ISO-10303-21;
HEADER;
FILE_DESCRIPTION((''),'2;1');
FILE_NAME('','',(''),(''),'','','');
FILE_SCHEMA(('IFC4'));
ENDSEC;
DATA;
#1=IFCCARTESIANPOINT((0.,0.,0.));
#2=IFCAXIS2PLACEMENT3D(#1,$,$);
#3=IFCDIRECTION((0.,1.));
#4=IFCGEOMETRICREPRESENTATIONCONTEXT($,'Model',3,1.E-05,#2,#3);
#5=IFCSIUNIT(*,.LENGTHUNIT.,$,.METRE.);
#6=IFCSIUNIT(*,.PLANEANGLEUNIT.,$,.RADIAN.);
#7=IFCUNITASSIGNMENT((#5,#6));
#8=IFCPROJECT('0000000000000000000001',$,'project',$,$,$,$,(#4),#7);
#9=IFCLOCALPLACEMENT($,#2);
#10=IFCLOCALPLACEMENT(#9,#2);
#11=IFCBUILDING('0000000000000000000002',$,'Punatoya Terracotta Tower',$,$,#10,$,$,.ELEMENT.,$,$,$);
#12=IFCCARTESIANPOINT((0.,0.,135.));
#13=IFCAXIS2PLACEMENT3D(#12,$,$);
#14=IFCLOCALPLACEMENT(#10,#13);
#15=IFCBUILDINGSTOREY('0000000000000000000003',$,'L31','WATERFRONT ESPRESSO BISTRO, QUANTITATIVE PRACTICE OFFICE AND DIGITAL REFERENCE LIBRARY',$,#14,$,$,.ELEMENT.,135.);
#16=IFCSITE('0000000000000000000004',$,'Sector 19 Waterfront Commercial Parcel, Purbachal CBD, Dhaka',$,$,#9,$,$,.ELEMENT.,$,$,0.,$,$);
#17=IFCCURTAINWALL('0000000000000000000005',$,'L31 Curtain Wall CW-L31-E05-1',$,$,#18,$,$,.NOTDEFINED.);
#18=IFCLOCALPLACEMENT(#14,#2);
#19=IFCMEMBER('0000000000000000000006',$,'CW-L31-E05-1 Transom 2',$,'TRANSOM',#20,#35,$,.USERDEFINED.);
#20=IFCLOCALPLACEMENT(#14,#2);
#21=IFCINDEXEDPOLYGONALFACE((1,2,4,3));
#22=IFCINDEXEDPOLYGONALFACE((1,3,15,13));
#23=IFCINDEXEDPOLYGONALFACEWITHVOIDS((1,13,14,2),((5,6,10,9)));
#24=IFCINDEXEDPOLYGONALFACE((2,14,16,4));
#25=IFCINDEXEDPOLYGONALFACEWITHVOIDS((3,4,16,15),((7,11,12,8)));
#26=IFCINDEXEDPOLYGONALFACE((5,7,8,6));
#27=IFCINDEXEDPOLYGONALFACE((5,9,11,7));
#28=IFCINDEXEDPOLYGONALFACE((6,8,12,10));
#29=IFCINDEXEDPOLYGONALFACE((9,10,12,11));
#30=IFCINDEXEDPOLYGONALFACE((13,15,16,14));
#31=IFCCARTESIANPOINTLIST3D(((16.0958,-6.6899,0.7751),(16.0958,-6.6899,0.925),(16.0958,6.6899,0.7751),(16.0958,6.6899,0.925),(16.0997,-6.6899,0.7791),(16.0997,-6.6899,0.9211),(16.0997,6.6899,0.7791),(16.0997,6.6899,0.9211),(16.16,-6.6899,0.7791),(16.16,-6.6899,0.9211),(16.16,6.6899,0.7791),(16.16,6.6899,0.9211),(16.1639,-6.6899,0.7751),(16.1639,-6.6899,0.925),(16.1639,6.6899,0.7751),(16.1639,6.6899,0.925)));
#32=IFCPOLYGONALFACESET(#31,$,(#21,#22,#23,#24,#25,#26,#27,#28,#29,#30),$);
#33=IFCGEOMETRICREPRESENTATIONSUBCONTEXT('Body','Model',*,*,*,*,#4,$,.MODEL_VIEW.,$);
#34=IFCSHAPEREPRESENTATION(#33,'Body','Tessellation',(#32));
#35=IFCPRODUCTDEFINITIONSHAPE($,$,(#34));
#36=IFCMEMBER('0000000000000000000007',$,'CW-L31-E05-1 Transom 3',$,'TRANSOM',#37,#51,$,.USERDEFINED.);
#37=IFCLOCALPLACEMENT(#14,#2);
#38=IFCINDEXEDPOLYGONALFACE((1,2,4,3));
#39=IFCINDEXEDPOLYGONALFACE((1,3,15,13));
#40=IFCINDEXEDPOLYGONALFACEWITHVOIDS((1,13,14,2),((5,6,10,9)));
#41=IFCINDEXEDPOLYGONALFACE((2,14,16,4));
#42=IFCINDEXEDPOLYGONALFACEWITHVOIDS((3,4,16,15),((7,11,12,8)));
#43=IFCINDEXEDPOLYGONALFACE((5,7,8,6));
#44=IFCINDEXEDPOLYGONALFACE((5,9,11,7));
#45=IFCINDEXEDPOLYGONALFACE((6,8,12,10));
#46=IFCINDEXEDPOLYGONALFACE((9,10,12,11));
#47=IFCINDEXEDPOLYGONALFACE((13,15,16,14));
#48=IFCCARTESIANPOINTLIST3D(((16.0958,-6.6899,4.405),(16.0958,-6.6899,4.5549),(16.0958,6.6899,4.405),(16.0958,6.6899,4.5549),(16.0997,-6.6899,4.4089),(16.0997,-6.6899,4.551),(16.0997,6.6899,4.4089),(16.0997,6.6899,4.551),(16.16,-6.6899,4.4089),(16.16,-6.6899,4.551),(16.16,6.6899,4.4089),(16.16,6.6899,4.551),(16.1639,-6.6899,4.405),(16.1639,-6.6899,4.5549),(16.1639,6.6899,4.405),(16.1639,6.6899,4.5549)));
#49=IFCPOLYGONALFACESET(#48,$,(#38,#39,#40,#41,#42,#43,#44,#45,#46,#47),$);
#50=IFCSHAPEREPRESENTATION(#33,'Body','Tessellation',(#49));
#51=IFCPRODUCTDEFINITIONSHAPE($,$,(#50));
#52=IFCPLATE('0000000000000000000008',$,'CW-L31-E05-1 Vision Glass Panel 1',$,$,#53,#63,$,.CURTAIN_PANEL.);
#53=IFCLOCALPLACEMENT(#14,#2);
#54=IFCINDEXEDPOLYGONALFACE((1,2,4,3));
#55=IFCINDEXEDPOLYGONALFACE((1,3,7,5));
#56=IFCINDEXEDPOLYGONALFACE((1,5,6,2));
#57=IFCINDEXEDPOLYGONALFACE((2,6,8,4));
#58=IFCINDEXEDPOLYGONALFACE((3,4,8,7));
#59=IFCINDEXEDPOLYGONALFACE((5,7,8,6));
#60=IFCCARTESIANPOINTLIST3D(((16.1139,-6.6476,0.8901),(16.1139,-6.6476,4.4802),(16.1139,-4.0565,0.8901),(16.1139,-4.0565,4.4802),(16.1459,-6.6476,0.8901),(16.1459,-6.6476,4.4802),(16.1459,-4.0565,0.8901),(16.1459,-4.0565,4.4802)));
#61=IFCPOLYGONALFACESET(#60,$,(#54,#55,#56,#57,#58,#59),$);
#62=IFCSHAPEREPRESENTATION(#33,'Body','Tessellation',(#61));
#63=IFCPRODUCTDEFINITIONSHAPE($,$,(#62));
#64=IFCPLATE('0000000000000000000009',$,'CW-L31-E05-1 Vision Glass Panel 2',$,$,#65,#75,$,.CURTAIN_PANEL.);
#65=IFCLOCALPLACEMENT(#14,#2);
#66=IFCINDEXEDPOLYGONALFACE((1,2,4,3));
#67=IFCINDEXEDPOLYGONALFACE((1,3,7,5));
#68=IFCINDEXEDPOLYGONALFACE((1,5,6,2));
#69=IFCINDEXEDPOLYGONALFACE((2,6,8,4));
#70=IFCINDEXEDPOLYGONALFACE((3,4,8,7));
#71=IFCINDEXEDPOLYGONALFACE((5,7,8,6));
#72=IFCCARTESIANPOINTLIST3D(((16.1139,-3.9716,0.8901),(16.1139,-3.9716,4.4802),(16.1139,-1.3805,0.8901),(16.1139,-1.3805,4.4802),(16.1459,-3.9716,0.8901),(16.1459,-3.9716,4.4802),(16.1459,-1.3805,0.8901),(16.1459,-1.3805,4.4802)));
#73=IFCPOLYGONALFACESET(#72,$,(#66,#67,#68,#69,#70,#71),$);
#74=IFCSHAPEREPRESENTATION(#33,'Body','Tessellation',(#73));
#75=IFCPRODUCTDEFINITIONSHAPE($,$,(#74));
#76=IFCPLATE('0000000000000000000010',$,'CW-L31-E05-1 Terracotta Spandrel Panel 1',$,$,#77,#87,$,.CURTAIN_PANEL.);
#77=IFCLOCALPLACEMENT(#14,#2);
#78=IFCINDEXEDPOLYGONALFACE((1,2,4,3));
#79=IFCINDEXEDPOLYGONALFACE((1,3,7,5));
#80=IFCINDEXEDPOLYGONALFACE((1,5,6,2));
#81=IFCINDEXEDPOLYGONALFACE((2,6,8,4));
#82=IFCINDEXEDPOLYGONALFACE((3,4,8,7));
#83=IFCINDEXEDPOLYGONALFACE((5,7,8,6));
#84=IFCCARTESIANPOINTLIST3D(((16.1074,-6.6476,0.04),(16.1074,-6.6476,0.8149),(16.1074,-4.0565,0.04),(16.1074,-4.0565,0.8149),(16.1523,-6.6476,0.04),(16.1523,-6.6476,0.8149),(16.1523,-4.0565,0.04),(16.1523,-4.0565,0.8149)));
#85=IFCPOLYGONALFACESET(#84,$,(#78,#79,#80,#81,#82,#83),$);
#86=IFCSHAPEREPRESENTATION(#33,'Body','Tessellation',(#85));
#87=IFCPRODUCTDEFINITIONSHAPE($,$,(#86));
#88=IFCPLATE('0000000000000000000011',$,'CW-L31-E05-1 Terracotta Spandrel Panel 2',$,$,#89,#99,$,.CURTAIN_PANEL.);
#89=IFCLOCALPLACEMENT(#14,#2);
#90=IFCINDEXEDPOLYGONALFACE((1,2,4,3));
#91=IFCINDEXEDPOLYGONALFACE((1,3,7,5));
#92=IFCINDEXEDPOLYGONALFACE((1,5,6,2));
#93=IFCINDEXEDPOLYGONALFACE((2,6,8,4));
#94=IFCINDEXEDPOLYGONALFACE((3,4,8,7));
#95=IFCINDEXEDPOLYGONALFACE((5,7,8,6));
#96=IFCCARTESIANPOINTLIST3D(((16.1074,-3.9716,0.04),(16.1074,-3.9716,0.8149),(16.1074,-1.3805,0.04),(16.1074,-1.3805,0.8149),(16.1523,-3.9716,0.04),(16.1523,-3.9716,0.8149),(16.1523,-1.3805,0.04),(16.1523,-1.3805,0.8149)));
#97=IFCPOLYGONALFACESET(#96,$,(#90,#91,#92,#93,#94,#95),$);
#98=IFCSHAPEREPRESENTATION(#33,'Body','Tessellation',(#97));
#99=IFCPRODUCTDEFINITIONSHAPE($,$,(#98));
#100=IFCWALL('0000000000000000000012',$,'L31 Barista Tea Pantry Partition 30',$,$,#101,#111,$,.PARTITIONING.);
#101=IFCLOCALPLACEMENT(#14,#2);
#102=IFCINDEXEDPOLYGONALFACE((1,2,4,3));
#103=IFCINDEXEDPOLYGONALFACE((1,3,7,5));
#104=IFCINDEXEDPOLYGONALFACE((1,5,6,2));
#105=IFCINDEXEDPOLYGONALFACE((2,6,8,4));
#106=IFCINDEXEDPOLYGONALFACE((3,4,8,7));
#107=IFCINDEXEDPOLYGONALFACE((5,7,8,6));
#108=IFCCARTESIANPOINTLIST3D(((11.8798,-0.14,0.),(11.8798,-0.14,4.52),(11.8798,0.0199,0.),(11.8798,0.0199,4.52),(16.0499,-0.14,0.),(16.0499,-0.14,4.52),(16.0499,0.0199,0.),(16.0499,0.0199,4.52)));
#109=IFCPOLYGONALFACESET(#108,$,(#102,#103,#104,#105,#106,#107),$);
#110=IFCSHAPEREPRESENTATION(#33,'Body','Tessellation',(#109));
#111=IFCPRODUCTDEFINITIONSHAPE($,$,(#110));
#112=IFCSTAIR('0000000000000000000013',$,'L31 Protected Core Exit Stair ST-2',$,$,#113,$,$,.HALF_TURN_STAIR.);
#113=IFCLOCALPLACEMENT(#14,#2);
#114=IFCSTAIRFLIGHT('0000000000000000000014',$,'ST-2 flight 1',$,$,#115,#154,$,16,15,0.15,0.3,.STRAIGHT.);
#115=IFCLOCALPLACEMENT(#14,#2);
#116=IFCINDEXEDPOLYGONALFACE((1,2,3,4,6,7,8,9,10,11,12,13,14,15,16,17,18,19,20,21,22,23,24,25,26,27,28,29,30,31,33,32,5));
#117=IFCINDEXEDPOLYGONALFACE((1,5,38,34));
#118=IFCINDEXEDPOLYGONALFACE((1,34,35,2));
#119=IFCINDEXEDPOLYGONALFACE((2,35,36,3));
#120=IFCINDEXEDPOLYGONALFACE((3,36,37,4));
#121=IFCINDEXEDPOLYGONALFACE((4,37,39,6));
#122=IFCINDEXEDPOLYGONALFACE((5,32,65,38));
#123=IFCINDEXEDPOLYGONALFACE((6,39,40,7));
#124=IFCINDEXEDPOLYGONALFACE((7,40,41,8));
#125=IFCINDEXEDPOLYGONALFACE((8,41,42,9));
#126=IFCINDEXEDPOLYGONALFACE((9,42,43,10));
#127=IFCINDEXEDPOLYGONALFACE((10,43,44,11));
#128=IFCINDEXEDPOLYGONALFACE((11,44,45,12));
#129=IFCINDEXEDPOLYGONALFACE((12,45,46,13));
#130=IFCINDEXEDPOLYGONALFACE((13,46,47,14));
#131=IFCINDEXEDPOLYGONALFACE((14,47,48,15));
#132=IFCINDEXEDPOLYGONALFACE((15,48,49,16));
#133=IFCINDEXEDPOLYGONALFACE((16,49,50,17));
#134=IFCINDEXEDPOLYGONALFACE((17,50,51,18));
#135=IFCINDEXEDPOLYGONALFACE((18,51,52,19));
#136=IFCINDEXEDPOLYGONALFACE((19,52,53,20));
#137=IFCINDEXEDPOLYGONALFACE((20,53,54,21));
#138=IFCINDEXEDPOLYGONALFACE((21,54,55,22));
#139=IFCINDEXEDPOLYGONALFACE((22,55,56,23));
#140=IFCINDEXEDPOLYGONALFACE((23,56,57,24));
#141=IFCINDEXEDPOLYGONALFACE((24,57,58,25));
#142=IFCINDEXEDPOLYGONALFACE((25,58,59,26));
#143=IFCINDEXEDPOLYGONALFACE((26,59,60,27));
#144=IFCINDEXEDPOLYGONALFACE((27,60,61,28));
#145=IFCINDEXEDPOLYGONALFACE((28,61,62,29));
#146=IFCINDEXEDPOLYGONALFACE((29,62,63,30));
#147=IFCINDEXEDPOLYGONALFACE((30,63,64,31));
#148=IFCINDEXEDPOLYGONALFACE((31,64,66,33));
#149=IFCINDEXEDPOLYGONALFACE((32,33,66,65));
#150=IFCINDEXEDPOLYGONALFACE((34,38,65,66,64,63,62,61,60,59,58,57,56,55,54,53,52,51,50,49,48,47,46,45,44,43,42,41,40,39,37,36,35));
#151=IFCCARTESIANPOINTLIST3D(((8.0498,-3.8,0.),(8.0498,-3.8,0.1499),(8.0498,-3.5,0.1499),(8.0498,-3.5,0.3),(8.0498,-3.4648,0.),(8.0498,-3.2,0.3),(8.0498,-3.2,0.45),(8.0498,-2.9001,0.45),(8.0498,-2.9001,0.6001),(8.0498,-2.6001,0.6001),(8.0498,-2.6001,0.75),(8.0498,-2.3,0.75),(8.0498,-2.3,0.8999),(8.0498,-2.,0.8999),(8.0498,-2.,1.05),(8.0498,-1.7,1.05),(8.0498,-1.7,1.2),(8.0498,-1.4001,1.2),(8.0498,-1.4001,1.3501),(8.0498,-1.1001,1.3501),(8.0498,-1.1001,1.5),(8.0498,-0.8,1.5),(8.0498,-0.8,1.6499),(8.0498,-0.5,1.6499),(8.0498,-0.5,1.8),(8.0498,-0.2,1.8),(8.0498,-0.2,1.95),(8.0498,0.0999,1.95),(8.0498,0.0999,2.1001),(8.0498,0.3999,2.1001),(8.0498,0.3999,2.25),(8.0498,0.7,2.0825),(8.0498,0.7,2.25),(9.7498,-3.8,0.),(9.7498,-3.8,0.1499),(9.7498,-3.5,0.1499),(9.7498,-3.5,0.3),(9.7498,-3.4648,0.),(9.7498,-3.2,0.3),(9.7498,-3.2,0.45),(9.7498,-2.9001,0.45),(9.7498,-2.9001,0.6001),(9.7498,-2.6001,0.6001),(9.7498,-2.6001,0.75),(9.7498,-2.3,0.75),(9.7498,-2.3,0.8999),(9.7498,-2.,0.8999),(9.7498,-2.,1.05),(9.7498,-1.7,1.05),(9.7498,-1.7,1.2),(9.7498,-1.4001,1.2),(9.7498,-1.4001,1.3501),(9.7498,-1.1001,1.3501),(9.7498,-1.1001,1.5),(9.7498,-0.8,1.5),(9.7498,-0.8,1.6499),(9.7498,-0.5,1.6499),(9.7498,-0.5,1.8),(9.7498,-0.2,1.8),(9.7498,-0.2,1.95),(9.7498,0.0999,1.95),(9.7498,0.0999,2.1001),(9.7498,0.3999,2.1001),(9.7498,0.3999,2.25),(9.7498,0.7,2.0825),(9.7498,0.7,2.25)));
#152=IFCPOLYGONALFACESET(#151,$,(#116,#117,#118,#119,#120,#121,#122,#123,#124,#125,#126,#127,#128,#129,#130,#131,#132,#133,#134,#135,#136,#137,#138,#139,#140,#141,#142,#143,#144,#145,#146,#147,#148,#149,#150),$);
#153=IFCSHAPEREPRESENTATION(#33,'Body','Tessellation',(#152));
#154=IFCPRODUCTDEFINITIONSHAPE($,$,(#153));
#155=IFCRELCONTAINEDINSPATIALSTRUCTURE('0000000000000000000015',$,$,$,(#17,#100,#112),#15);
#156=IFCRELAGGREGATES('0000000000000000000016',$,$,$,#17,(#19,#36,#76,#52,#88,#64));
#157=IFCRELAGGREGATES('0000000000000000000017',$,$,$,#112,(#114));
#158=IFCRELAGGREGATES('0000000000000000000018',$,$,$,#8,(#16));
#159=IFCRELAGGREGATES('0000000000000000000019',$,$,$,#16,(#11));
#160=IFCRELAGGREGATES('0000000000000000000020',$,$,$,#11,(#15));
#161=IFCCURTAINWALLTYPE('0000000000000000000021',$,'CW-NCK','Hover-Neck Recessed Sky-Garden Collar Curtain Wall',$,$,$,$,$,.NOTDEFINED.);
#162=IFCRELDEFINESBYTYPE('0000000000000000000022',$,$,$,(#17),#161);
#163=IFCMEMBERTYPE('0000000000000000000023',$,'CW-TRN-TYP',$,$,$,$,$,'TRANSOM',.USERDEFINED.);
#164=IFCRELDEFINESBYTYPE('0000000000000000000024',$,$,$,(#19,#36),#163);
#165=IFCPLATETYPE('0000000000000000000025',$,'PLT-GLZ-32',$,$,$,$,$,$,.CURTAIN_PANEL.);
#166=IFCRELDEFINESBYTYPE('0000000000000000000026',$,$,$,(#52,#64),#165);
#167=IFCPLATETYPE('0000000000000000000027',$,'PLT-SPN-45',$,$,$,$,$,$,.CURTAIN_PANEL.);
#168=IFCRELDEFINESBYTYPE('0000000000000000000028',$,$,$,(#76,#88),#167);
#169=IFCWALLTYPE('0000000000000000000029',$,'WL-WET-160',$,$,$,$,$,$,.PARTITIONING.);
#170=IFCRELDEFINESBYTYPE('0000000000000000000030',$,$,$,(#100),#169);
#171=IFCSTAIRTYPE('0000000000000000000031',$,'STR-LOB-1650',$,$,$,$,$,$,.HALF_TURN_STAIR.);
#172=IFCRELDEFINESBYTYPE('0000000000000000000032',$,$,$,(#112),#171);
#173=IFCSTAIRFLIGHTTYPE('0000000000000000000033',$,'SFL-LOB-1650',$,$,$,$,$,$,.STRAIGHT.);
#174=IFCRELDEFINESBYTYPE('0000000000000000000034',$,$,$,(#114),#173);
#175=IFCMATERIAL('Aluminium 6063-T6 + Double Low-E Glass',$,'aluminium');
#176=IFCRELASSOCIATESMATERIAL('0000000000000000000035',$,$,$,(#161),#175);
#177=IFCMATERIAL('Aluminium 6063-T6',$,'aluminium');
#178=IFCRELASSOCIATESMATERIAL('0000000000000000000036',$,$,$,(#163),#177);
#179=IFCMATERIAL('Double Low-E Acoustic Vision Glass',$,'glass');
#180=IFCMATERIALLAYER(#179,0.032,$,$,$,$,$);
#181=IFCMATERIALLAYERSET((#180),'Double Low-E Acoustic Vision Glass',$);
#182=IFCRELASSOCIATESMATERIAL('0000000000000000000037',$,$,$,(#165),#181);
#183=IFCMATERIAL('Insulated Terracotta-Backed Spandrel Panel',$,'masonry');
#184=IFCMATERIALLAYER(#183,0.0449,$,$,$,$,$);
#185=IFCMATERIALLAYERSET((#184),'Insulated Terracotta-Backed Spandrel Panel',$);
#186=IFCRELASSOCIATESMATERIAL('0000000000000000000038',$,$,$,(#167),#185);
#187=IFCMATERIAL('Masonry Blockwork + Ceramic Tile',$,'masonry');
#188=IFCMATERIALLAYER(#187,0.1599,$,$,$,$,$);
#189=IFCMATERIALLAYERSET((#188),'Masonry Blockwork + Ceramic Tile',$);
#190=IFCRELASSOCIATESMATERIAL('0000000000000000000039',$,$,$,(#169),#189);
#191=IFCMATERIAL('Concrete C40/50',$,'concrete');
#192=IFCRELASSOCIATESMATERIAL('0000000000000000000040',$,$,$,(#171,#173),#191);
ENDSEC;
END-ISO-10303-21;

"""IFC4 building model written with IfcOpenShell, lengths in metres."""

from ifc_helpers import new_model, si_unit, direction, frame, frame_2d, origin, origin_2d, place, context, subcontext, project, spatial, polyline, rectangle, hollow_rectangle, outline, extrude, material, layer, layer_set, material_profile, profile_set, type_object, element, aggregate, save


model = new_model("IFC4")

# Units and contexts
model_context = context("Model", 3, precision=1e-05, world=origin(), true_north=direction((0.0, 1.0)))
body_context = subcontext(model_context, "Body", "Model", "MODEL_VIEW")
ifc_project = project(units=[si_unit("LENGTHUNIT", "METRE"), si_unit("PLANEANGLEUNIT", "RADIAN")], contexts=[model_context])

# Site, building, storey
site_placement = place(None, origin())
site = spatial("IfcSite", under=ifc_project, at=site_placement, Name="Sector 19 Waterfront Commercial Parcel, Purbachal CBD, Dhaka", CompositionType="ELEMENT", RefElevation=0.0)
building_placement = place(site_placement, origin())
building = spatial("IfcBuilding", under=site, at=building_placement, Name="Punatoya Terracotta Tower", CompositionType="ELEMENT")
storey_placement = place(building_placement, frame((0.0, 0.0, 135.0)))
storey = spatial("IfcBuildingStorey", under=building, at=storey_placement, Name="L31", Description="WATERFRONT ESPRESSO BISTRO, QUANTITATIVE PRACTICE OFFICE AND DIGITAL REFERENCE LIBRARY", CompositionType="ELEMENT", Elevation=135.0)

# Curtain wall, members, plates
ifc_material_1 = material(Name="Aluminium 6063-T6 + Double Low-E Glass", Category="aluminium")
curtain_wall_type = type_object("IfcCurtainWallType", Name="CW-NCK", Description="Hover-Neck Recessed Sky-Garden Collar Curtain Wall", PredefinedType="NOTDEFINED", material=ifc_material_1)
curtain_wall_placement = place(storey_placement, origin())
curtain_wall = element("IfcCurtainWall", 1, at=curtain_wall_placement, inside=storey, type_object=curtain_wall_type, Name="L31 Curtain Wall CW-L31-E05-1", PredefinedType="NOTDEFINED")
ifc_material_2 = material(Name="Aluminium 6063-T6", Category="aluminium")
ifc_material_profile_1 = material_profile(ifc_material_2, hollow_rectangle(XDim=0.0681, YDim=0.1499, WallThickness=0.0039, at=origin_2d()))
ifc_profile_set_1 = profile_set([ifc_material_profile_1], Name="Aluminium 6063-T6")
member_type_1 = type_object("IfcMemberType", Name="CW-TRN-TYP", ElementType="TRANSOM", PredefinedType="USERDEFINED", material=ifc_profile_set_1)
member_1_placement = place(storey_placement, frame((16.1299, -6.6899, 0.8501), z_axis=(0.0, 1.0, 0.0), x_axis=(-1.0, 0.0, 0.0)))
member_1 = element("IfcMember", 2, at=member_1_placement, type_object=member_type_1, Name="CW-L31-E05-1 Transom 2", ObjectType="TRANSOM", PredefinedType="USERDEFINED", context=body_context, shape_type="SweptSolid", body=[
    extrude(hollow_rectangle(XDim=0.0681, YDim=0.1499, WallThickness=0.0039, at=origin_2d()), origin(), (0.0, 0.0, 1.0), 13.3799),
])
member_2_placement = place(storey_placement, frame((16.1299, -6.6899, 4.48), z_axis=(0.0, 1.0, 0.0), x_axis=(-1.0, 0.0, 0.0)))
member_2 = element("IfcMember", 3, at=member_2_placement, type_object=member_type_1, Name="CW-L31-E05-1 Transom 3", ObjectType="TRANSOM", PredefinedType="USERDEFINED", context=body_context, shape_type="SweptSolid", body=[
    extrude(hollow_rectangle(XDim=0.0681, YDim=0.1499, WallThickness=0.0039, at=origin_2d()), origin(), (0.0, 0.0, 1.0), 13.3799),
])
ifc_material_3 = material(Name="Double Low-E Acoustic Vision Glass", Category="glass")
ifc_layer_1 = layer(ifc_material_3, 0.032)
ifc_layer_set_1 = layer_set([ifc_layer_1], Name="Double Low-E Acoustic Vision Glass")
plate_type_1 = type_object("IfcPlateType", Name="PLT-GLZ-32", PredefinedType="CURTAIN_PANEL", material=ifc_layer_set_1)
plate_1_placement = place(storey_placement, frame((16.1299, -5.3521, 0.8901), z_axis=(0.0, 0.0, 1.0), x_axis=(0.0, 1.0, 0.0)))
plate_1 = element("IfcPlate", 4, at=plate_1_placement, type_object=plate_type_1, Name="CW-L31-E05-1 Vision Glass Panel 1", PredefinedType="CURTAIN_PANEL", context=body_context, shape_type="SweptSolid", body=[
    extrude(rectangle(XDim=2.5911, YDim=0.032, at=origin_2d()), origin(), (0.0, 0.0, 1.0), 3.5901),
])
plate_2_placement = place(storey_placement, frame((16.1299, -2.676, 0.8901), z_axis=(0.0, 0.0, 1.0), x_axis=(0.0, 1.0, 0.0)))
plate_2 = element("IfcPlate", 5, at=plate_2_placement, type_object=plate_type_1, Name="CW-L31-E05-1 Vision Glass Panel 2", PredefinedType="CURTAIN_PANEL", context=body_context, shape_type="SweptSolid", body=[
    extrude(rectangle(XDim=2.5911, YDim=0.032, at=origin_2d()), origin(), (0.0, 0.0, 1.0), 3.5901),
])
ifc_material_4 = material(Name="Insulated Terracotta-Backed Spandrel Panel", Category="masonry")
ifc_layer_2 = layer(ifc_material_4, 0.0449)
ifc_layer_set_2 = layer_set([ifc_layer_2], Name="Insulated Terracotta-Backed Spandrel Panel")
plate_type_2 = type_object("IfcPlateType", Name="PLT-SPN-45", PredefinedType="CURTAIN_PANEL", material=ifc_layer_set_2)
plate_3_placement = place(storey_placement, frame((16.1299, -5.3521, 0.04), z_axis=(0.0, 0.0, 1.0), x_axis=(0.0, 1.0, 0.0)))
plate_3 = element("IfcPlate", 6, at=plate_3_placement, type_object=plate_type_2, Name="CW-L31-E05-1 Terracotta Spandrel Panel 1", PredefinedType="CURTAIN_PANEL", context=body_context, shape_type="SweptSolid", body=[
    extrude(rectangle(XDim=2.5911, YDim=0.0449, at=origin_2d()), origin(), (0.0, 0.0, 1.0), 0.7749),
])
plate_4_placement = place(storey_placement, frame((16.1299, -2.676, 0.04), z_axis=(0.0, 0.0, 1.0), x_axis=(0.0, 1.0, 0.0)))
plate_4 = element("IfcPlate", 7, at=plate_4_placement, type_object=plate_type_2, Name="CW-L31-E05-1 Terracotta Spandrel Panel 2", PredefinedType="CURTAIN_PANEL", context=body_context, shape_type="SweptSolid", body=[
    extrude(rectangle(XDim=2.5911, YDim=0.0449, at=origin_2d()), origin(), (0.0, 0.0, 1.0), 0.7749),
])
aggregate(curtain_wall, [member_1, member_2, plate_3, plate_1, plate_4, plate_2])

# Wall
ifc_material_5 = material(Name="Masonry Blockwork + Ceramic Tile", Category="masonry")
ifc_layer_3 = layer(ifc_material_5, 0.1599)
ifc_layer_set_3 = layer_set([ifc_layer_3], Name="Masonry Blockwork + Ceramic Tile")
wall_type = type_object("IfcWallType", Name="WL-WET-160", PredefinedType="PARTITIONING", material=ifc_layer_set_3)
wall_placement = place(storey_placement, frame((11.8799, -0.0601, 0.0), z_axis=(0.0, 0.0, 1.0), x_axis=(1.0, 0.0, 0.0)))
element("IfcWall", 8, at=wall_placement, inside=storey, type_object=wall_type, Name="L31 Barista Tea Pantry Partition 30", PredefinedType="PARTITIONING", context=body_context, shape_type="SweptSolid", body=[
    extrude(rectangle(XDim=4.1702, YDim=0.1599, at=frame_2d((2.085, 0.0))), origin(), (0.0, 0.0, 1.0), 4.52),
])

# Stair, stair flight
ifc_material_6 = material(Name="Concrete C40/50", Category="concrete")
stair_type = type_object("IfcStairType", Name="STR-LOB-1650", PredefinedType="HALF_TURN_STAIR", material=ifc_material_6)
stair_placement = place(storey_placement, origin())
stair = element("IfcStair", 9, at=stair_placement, inside=storey, type_object=stair_type, Name="L31 Protected Core Exit Stair ST-2", PredefinedType="HALF_TURN_STAIR")
stair_flight_type = type_object("IfcStairFlightType", Name="SFL-LOB-1650", PredefinedType="STRAIGHT", material=ifc_material_6)
stair_flight_placement = place(storey_placement, frame((8.8999, -3.8, 0.0), z_axis=(0.0, 0.0, 1.0), x_axis=(0.0, 1.0, 0.0)))
stair_flight = element("IfcStairFlight", 10, at=stair_flight_placement, type_object=stair_flight_type, Name="ST-2 flight 1", NumberOfRisers=16, NumberOfTreads=15, PredefinedType="STRAIGHT", RiserHeight=0.15, TreadLength=0.3, context=body_context, shape_type="SweptSolid", body=[
    extrude(outline(polyline([(0.0, 0.0), (0.0, 0.1499), (0.3, 0.1499), (0.3, 0.3), (0.6001, 0.3), (0.6001, 0.45), (0.8999, 0.45), (0.8999, 0.6001), (1.2, 0.6001), (1.2, 0.75), (1.5, 0.75), (1.5, 0.8999), (1.8, 0.8999), (1.8, 1.05), (2.1001, 1.05), (2.1001, 1.2), (2.3999, 1.2), (2.3999, 1.3501), (2.7, 1.3501), (2.7, 1.5), (3.0, 1.5), (3.0, 1.6499), (3.3, 1.6499), (3.3, 1.8), (3.6001, 1.8), (3.6001, 1.95), (3.8999, 1.95), (3.8999, 2.1001), (4.2, 2.1001), (4.2, 2.25), (4.5, 2.25), (4.5, 2.3999), (4.5, 2.0825), (0.3352, 0.0), (0.0, 0.0)])), frame((0.0, 0.8501, 0.0), z_axis=(0.0, -1.0, 0.0), x_axis=(1.0, 0.0, 0.0)), (0.0, 0.0, 1.0), 1.7),
])
aggregate(stair, [stair_flight])

save(model, "model.ifc")
